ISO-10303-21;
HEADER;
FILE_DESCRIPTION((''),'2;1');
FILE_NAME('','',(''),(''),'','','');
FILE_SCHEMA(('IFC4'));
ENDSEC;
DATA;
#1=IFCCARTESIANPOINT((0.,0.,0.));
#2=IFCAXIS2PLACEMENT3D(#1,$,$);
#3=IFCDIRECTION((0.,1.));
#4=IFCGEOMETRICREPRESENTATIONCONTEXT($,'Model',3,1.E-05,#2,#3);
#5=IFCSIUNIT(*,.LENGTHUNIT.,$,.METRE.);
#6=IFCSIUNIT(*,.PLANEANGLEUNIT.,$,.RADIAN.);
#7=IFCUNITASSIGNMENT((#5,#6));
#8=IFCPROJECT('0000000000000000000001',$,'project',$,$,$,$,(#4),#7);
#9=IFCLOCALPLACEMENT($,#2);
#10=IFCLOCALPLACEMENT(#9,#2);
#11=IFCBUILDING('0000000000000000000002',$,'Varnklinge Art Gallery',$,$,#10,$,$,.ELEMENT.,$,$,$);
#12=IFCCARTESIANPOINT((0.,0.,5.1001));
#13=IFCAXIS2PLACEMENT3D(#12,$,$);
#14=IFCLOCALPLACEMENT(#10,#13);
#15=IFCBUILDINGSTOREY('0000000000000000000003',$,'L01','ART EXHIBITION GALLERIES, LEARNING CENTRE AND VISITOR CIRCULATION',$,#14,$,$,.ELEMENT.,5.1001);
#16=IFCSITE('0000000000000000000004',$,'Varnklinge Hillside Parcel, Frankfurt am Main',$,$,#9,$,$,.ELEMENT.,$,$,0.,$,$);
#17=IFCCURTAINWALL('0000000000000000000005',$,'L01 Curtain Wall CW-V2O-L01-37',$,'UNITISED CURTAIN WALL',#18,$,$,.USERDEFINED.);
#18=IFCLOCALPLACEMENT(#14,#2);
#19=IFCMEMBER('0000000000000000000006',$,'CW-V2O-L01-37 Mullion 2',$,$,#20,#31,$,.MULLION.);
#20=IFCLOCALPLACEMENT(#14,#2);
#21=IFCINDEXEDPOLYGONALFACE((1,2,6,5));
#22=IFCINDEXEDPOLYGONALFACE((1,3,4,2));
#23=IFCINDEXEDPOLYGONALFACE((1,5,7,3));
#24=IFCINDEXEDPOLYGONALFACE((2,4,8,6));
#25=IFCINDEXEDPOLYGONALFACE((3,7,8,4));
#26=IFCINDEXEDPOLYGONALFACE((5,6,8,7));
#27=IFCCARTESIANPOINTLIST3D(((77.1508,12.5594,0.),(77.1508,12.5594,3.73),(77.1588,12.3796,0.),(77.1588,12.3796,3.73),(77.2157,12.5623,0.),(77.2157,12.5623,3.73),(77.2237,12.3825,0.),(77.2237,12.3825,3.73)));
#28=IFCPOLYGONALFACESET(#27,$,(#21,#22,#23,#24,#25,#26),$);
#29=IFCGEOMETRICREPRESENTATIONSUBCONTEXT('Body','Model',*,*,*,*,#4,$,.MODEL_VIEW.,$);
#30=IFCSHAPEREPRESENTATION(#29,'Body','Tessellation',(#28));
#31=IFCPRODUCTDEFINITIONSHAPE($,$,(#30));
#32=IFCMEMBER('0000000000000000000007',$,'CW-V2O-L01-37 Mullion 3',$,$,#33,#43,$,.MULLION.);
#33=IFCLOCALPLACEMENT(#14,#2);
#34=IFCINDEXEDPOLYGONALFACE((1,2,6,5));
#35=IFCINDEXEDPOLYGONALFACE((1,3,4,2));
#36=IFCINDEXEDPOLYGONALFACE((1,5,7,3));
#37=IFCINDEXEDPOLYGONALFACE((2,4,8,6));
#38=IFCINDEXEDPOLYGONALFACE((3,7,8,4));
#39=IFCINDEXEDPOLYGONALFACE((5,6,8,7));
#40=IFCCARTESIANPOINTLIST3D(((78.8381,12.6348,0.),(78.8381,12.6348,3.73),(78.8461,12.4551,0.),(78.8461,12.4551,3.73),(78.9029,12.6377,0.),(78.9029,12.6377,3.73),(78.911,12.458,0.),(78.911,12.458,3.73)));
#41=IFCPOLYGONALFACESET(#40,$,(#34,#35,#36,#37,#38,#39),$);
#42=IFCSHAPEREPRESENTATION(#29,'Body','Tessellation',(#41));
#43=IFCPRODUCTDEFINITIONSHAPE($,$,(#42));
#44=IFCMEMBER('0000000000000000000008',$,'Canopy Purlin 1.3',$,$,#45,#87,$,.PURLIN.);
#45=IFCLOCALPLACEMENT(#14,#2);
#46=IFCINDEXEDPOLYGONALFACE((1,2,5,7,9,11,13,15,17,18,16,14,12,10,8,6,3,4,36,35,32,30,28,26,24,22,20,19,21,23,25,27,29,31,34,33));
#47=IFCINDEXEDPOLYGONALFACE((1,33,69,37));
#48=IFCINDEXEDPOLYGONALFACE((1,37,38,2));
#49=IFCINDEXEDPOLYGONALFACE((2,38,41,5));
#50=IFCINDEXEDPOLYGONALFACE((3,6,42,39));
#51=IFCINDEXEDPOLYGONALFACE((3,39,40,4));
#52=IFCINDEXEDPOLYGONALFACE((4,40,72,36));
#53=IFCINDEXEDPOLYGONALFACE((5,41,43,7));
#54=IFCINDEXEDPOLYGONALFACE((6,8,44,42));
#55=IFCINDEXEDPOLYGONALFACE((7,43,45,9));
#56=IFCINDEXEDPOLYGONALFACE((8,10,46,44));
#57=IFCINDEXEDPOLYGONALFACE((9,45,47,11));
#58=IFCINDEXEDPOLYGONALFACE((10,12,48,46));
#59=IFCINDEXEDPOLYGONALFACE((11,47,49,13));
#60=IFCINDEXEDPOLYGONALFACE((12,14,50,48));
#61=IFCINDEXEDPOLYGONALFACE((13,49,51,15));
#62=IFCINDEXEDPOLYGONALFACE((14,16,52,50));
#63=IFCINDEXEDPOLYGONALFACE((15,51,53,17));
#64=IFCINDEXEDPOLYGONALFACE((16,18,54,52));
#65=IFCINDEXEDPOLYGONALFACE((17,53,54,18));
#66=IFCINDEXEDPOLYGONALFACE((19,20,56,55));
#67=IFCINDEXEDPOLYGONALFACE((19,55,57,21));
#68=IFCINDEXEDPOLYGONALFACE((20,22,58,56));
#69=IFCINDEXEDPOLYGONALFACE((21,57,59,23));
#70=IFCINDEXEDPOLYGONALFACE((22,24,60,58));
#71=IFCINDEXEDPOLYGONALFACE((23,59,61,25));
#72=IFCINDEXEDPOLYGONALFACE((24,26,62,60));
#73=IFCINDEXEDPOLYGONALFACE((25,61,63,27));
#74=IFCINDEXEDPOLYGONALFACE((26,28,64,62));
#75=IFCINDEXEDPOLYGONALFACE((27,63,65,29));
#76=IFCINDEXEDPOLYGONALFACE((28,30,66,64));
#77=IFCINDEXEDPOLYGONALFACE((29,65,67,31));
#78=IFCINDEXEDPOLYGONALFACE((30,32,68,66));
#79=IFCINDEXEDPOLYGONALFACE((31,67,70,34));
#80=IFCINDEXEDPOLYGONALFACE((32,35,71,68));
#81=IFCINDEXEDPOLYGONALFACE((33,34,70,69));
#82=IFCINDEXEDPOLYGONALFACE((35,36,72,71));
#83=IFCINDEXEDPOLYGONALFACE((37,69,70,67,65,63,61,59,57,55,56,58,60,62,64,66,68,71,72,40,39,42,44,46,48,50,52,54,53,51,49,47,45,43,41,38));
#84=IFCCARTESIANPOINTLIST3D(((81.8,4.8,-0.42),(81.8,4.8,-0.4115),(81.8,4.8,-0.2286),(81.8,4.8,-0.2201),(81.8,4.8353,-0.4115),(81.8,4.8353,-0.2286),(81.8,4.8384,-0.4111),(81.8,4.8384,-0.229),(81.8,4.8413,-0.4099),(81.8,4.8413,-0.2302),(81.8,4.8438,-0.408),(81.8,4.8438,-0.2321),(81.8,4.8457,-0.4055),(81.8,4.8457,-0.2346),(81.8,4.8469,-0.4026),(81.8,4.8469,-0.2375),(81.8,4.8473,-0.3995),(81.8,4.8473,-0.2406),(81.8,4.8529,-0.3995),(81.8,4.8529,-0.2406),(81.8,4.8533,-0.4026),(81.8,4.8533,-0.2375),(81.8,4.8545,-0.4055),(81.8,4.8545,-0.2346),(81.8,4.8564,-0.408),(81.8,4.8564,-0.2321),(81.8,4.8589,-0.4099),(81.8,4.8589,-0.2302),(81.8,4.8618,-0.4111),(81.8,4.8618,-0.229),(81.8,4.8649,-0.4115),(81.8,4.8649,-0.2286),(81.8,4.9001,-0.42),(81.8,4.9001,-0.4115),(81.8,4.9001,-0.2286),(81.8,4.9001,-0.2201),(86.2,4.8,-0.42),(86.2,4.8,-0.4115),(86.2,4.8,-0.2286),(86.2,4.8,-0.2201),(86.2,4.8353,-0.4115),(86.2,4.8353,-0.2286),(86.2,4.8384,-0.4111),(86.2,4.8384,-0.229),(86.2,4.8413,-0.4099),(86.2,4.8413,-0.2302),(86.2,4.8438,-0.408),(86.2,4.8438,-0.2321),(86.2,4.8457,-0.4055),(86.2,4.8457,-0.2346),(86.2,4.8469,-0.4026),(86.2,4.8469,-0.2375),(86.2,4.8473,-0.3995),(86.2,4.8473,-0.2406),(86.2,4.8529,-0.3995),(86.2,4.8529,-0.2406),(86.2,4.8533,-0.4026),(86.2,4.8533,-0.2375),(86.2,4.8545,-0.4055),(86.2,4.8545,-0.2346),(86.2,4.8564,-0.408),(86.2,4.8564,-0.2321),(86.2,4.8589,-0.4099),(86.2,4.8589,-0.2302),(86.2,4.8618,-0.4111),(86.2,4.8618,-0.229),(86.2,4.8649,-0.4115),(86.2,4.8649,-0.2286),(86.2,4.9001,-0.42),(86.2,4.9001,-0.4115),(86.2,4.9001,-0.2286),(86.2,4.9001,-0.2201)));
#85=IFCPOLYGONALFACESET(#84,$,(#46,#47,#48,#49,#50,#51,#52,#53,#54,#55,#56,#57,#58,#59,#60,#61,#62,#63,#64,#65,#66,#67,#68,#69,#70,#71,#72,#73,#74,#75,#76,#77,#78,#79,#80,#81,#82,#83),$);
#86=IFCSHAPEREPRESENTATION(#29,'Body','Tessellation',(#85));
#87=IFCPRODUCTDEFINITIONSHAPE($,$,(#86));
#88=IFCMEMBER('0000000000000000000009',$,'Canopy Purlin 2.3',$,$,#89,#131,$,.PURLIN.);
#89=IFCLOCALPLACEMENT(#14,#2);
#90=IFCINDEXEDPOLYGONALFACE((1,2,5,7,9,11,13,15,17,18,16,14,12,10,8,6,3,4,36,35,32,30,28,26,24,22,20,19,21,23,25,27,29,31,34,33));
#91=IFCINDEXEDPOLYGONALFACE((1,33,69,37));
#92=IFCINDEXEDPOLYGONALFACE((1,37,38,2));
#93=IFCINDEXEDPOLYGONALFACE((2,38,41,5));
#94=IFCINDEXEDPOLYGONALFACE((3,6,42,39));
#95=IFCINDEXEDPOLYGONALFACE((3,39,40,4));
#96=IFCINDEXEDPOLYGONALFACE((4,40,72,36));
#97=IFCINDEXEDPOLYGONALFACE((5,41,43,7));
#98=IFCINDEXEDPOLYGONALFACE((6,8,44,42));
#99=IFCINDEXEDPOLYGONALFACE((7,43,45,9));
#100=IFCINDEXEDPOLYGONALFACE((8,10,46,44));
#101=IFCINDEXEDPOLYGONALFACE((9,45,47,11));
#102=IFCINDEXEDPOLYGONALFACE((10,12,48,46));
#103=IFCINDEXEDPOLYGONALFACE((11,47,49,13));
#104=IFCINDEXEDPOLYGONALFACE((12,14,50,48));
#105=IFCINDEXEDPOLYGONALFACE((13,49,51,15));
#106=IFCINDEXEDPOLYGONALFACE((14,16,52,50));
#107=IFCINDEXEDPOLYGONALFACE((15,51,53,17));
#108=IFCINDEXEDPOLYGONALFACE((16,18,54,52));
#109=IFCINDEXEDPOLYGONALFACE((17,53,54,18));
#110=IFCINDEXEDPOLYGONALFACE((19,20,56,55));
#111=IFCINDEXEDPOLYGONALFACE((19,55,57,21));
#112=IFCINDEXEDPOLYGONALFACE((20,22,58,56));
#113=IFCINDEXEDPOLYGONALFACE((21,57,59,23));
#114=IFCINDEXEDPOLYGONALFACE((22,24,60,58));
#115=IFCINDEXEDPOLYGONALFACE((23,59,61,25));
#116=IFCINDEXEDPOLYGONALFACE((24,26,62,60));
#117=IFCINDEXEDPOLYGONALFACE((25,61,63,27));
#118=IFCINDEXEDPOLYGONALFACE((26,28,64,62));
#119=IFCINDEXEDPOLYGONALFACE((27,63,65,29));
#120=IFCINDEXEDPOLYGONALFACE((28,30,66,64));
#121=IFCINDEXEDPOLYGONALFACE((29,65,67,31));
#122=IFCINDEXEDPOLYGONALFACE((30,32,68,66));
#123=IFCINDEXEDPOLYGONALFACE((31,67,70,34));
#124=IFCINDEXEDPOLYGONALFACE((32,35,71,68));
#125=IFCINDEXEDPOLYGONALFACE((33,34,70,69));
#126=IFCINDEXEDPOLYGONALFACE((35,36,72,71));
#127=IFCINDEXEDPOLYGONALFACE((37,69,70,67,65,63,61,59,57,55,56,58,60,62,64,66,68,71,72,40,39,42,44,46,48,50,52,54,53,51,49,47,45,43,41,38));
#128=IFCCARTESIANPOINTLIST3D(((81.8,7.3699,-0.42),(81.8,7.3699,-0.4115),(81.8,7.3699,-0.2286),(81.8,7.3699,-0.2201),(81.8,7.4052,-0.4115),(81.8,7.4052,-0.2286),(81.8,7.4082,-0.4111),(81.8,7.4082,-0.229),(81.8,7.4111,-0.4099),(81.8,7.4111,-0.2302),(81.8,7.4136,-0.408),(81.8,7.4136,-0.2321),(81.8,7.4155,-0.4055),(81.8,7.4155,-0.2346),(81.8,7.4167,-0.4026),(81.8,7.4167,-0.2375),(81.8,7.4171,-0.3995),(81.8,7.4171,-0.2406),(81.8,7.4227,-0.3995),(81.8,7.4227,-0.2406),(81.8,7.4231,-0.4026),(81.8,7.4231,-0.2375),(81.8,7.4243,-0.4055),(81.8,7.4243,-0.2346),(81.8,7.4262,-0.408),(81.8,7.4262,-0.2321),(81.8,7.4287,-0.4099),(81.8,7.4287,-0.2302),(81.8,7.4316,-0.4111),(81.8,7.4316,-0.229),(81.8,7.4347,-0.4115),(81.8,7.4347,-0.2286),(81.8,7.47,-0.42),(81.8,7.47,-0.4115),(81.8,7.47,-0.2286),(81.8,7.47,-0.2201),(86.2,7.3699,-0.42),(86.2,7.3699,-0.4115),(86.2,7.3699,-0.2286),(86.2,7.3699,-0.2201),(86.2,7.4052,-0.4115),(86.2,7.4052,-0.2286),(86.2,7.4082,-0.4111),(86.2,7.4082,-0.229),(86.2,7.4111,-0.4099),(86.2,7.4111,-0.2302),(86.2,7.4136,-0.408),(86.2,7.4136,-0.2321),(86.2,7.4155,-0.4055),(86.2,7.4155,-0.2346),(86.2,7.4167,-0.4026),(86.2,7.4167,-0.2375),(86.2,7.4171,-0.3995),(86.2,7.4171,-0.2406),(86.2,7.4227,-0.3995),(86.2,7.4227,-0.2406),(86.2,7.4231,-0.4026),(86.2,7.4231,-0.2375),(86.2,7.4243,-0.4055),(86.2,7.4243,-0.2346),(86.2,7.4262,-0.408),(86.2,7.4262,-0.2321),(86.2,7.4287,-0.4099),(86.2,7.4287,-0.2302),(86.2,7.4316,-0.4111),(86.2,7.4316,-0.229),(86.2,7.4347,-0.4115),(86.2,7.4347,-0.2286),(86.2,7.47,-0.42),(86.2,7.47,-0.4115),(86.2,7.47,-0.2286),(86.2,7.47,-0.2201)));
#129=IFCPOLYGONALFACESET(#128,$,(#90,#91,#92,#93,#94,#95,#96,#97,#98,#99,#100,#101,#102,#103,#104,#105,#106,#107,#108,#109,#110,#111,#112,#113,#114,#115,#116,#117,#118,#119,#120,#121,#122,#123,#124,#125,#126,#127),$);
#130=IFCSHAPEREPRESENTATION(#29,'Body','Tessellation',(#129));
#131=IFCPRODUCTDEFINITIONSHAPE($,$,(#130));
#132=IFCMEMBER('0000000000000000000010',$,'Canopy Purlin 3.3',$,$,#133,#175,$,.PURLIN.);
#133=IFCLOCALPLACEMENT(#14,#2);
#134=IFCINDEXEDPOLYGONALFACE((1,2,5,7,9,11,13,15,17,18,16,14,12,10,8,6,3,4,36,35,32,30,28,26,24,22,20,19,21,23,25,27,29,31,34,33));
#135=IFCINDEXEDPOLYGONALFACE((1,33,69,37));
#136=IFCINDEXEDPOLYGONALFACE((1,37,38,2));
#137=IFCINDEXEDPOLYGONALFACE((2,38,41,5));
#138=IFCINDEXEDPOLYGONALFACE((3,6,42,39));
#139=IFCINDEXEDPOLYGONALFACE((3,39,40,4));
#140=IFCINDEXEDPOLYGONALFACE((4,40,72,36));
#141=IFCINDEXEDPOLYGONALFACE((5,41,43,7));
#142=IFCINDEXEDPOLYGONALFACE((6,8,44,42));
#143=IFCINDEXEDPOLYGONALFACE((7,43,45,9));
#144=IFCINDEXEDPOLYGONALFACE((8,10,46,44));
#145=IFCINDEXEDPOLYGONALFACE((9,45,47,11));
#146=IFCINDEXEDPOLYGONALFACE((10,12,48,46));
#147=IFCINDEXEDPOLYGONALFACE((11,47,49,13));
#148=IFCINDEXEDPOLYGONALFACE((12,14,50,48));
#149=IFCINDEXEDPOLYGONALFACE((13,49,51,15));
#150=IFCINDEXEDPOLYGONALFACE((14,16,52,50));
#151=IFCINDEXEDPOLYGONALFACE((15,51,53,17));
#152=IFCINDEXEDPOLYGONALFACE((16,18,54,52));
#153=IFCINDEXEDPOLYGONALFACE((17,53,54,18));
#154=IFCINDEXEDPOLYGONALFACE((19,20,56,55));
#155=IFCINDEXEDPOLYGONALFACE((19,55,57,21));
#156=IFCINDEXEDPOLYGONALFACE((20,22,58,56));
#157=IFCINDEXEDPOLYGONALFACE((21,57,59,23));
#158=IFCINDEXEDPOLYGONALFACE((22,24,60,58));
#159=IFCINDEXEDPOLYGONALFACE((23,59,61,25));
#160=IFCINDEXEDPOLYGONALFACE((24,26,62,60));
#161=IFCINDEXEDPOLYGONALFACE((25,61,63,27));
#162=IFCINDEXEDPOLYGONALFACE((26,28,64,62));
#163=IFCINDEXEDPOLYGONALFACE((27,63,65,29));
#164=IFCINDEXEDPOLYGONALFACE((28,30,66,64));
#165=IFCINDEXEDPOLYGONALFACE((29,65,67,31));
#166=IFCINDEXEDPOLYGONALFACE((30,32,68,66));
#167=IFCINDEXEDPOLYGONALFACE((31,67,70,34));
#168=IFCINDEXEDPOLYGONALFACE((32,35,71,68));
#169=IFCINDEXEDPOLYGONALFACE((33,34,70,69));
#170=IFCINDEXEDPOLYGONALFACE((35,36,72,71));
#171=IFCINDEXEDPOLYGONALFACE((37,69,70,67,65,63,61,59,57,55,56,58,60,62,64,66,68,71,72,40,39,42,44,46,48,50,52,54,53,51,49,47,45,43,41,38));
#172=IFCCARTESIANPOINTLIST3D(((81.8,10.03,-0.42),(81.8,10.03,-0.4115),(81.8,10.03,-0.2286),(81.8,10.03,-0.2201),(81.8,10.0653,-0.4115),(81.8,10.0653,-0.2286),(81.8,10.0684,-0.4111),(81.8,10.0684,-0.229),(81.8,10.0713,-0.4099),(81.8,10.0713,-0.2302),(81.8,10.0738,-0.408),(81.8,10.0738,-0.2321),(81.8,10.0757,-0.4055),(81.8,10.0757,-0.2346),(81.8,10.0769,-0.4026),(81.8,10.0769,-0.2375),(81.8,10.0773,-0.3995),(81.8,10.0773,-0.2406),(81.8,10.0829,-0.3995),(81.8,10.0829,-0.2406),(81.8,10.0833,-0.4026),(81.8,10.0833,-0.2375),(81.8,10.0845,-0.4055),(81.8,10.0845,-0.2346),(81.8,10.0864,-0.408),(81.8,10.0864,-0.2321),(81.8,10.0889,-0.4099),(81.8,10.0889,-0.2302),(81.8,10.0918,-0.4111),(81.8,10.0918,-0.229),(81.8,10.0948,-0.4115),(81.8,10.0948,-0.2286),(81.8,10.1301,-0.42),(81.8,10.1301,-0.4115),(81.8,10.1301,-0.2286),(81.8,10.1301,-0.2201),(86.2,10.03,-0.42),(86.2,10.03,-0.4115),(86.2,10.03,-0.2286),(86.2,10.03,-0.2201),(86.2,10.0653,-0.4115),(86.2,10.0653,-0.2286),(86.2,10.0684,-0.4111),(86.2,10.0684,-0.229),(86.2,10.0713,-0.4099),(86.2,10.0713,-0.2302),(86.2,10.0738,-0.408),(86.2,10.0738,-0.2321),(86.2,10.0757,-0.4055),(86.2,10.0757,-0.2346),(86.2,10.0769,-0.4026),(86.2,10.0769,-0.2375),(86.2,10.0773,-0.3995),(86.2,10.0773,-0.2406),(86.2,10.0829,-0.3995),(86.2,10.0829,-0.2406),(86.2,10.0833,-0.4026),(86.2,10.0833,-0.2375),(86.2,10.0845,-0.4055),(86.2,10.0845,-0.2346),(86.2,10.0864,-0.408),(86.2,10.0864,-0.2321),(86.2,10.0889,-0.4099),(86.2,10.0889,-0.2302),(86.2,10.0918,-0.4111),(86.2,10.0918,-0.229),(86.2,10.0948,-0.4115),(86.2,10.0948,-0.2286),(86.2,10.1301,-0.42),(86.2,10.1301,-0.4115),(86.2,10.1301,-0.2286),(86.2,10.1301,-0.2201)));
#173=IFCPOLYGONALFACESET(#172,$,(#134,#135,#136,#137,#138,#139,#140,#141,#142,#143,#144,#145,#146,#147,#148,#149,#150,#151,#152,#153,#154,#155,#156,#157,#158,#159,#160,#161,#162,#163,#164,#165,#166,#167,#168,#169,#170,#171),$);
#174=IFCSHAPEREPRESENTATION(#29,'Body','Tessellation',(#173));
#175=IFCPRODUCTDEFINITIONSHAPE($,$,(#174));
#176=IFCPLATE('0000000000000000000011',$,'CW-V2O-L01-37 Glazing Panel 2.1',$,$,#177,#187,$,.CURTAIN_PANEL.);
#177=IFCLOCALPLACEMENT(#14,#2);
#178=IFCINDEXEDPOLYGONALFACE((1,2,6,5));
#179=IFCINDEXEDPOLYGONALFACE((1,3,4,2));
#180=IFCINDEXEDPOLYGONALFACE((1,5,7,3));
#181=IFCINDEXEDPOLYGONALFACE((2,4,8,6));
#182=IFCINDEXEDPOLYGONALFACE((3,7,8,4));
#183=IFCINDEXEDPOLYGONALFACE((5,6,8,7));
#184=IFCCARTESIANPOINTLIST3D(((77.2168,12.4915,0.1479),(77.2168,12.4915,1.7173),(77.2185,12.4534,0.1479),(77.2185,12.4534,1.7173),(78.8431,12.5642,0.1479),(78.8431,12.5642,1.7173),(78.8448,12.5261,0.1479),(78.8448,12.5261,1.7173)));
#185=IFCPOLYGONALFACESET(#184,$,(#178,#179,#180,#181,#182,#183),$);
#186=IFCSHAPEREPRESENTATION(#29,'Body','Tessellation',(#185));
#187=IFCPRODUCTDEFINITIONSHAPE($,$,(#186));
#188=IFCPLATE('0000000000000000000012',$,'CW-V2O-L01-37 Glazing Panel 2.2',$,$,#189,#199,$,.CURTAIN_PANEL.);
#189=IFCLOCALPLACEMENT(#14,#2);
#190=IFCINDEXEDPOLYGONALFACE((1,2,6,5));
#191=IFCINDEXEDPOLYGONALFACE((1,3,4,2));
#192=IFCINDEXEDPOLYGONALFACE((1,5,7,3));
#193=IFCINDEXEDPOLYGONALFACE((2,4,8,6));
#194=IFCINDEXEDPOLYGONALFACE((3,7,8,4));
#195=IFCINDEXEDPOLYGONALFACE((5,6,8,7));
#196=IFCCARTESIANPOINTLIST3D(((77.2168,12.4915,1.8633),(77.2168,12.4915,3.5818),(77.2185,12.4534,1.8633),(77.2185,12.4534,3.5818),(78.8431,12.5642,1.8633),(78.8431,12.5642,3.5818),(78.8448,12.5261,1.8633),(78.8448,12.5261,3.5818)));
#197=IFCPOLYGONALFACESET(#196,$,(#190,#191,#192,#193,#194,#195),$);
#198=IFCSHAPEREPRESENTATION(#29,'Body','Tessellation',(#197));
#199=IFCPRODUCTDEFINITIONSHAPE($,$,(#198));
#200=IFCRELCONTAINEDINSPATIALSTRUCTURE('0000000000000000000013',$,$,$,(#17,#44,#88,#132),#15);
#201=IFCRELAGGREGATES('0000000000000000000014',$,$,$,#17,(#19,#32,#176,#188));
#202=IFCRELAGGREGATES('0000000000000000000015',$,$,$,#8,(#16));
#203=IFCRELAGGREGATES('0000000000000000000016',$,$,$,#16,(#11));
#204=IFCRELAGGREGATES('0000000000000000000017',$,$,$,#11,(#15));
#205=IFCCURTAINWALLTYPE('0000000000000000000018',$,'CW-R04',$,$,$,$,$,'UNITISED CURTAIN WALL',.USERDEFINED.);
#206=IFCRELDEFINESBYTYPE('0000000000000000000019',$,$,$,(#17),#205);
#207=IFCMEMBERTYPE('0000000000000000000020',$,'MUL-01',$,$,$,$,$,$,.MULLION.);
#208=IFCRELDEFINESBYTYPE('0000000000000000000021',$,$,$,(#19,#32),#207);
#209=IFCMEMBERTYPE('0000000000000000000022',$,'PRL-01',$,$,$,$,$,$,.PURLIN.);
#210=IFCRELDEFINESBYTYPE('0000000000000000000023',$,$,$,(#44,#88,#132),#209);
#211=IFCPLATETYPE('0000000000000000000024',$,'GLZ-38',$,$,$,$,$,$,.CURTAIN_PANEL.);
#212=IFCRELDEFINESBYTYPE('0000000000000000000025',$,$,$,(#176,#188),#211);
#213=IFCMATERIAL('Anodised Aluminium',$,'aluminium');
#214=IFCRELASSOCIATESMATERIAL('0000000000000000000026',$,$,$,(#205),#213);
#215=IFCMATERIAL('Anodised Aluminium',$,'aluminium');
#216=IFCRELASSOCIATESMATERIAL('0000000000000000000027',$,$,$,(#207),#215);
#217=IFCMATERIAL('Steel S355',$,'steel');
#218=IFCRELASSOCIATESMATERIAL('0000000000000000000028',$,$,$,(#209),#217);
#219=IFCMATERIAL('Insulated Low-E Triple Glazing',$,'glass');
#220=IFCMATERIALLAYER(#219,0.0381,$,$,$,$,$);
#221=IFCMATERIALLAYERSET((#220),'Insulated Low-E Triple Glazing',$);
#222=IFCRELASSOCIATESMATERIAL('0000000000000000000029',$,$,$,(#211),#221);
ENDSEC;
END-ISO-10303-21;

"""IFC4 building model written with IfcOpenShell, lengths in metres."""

from ifc_helpers import new_model, si_unit, direction, frame, origin, origin_2d, place, context, subcontext, project, spatial, rectangle, i_section, extrude, material, layer, layer_set, material_profile, profile_set, type_object, element, aggregate, save


model = new_model("IFC4")

# Units and contexts
model_context = context("Model", 3, precision=1e-05, world=origin(), true_north=direction((0.0, 1.0)))
body_context = subcontext(model_context, "Body", "Model", "MODEL_VIEW")
ifc_project = project(units=[si_unit("LENGTHUNIT", "METRE"), si_unit("PLANEANGLEUNIT", "RADIAN")], contexts=[model_context])

# Site, building, storey
site_placement = place(None, origin())
site = spatial("IfcSite", under=ifc_project, at=site_placement, Name="Varnklinge Hillside Parcel, Frankfurt am Main", CompositionType="ELEMENT", RefElevation=0.0)
building_placement = place(site_placement, origin())
building = spatial("IfcBuilding", under=site, at=building_placement, Name="Varnklinge Art Gallery", CompositionType="ELEMENT")
storey_placement = place(building_placement, frame((0.0, 0.0, 5.1001)))
storey = spatial("IfcBuildingStorey", under=building, at=storey_placement, Name="L01", Description="ART EXHIBITION GALLERIES, LEARNING CENTRE AND VISITOR CIRCULATION", CompositionType="ELEMENT", Elevation=5.1001)

# Curtain wall, members
ifc_material_1 = material(Name="Anodised Aluminium", Category="aluminium")
curtain_wall_type = type_object("IfcCurtainWallType", Name="CW-R04", ElementType="UNITISED CURTAIN WALL", PredefinedType="USERDEFINED", material=ifc_material_1)
curtain_wall_placement = place(storey_placement, origin())
curtain_wall = element("IfcCurtainWall", 1, at=curtain_wall_placement, inside=storey, type_object=curtain_wall_type, Name="L01 Curtain Wall CW-V2O-L01-37", ObjectType="UNITISED CURTAIN WALL", PredefinedType="USERDEFINED")
ifc_material_2 = material(Name="Anodised Aluminium", Category="aluminium")
ifc_material_profile_1 = material_profile(ifc_material_2, rectangle(XDim=0.0649, YDim=0.1799, at=origin_2d()), Name="ALU 65x180")
ifc_profile_set_1 = profile_set([ifc_material_profile_1], Name="Anodised Aluminium")
member_type_1 = type_object("IfcMemberType", Name="MUL-01", PredefinedType="MULLION", material=ifc_profile_set_1)
member_1_placement = place(storey_placement, frame((77.1873, 12.4709, 0.0), z_axis=(0.0, 0.0, 1.0), x_axis=(0.999002, 0.044666, 0.0)))
member_1 = element("IfcMember", 2, at=member_1_placement, type_object=member_type_1, Name="CW-V2O-L01-37 Mullion 2", PredefinedType="MULLION", context=body_context, shape_type="SweptSolid", body=[
    extrude(rectangle(XDim=0.0649, YDim=0.1799, at=origin_2d()), origin(), (0.0, 0.0, 1.0), 3.73),
])
member_2_placement = place(storey_placement, frame((78.8745, 12.5464, 0.0), z_axis=(0.0, 0.0, 1.0), x_axis=(0.999002, 0.044666, 0.0)))
member_2 = element("IfcMember", 3, at=member_2_placement, type_object=member_type_1, Name="CW-V2O-L01-37 Mullion 3", PredefinedType="MULLION", context=body_context, shape_type="SweptSolid", body=[
    extrude(rectangle(XDim=0.0649, YDim=0.1799, at=origin_2d()), origin(), (0.0, 0.0, 1.0), 3.73),
])

# Members
ifc_material_3 = material(Name="Steel S355", Category="steel")
ifc_material_profile_2 = material_profile(ifc_material_3, i_section(OverallWidth=0.1001, OverallDepth=0.2, WebThickness=0.0056, FlangeThickness=0.0085, FilletRadius=0.012, at=origin_2d()), Name="IPE 200")
ifc_profile_set_2 = profile_set([ifc_material_profile_2], Name="Steel S355")
member_type_2 = type_object("IfcMemberType", Name="PRL-01", PredefinedType="PURLIN", material=ifc_profile_set_2)
for number, where, z_axis, x_axis, name in (
    (4, (81.8, 4.8501, -0.3201), (1.0, 0.0, 0.0), (0.0, 1.0, 0.0), "Canopy Purlin 1.3"),
    (5, (81.8, 7.4199, -0.3201), (1.0, 0.0, 0.0), (0.0, 1.0, 0.0), "Canopy Purlin 2.3"),
    (6, (81.8, 10.0801, -0.3201), (1.0, 0.0, 0.0), (0.0, 1.0, 0.0), "Canopy Purlin 3.3"),
):
    element("IfcMember", number, at=place(storey_placement, frame(where, z_axis=z_axis, x_axis=x_axis)), inside=storey, type_object=member_type_2, Name=name, PredefinedType="PURLIN", context=body_context, shape_type="SweptSolid", body=[
        extrude(i_section(OverallWidth=0.1001, OverallDepth=0.2, WebThickness=0.0056, FlangeThickness=0.0085, FilletRadius=0.012, at=origin_2d()), origin(), (0.0, 0.0, 1.0), 4.3999),
    ])

# Plates
ifc_material_4 = material(Name="Insulated Low-E Triple Glazing", Category="glass")
ifc_layer_1 = layer(ifc_material_4, 0.0381)
ifc_layer_set_1 = layer_set([ifc_layer_1], Name="Insulated Low-E Triple Glazing")
plate_type_1 = type_object("IfcPlateType", Name="GLZ-38", PredefinedType="CURTAIN_PANEL", material=ifc_layer_set_1)
plate_1_placement = place(storey_placement, frame((78.0308, 12.5088, 0.1479), z_axis=(0.0, 0.0, 1.0), x_axis=(0.999002, 0.044666, 0.0)))
plate_1 = element("IfcPlate", 7, at=plate_1_placement, type_object=plate_type_1, Name="CW-V2O-L01-37 Glazing Panel 2.1", PredefinedType="CURTAIN_PANEL", context=body_context, shape_type="SweptSolid", body=[
    extrude(rectangle(XDim=1.6279, YDim=0.0381, at=origin_2d()), origin(), (0.0, 0.0, 1.0), 1.5693),
])
plate_2_placement = place(storey_placement, frame((78.0308, 12.5088, 1.8633), z_axis=(0.0, 0.0, 1.0), x_axis=(0.999002, 0.044666, 0.0)))
plate_2 = element("IfcPlate", 8, at=plate_2_placement, type_object=plate_type_1, Name="CW-V2O-L01-37 Glazing Panel 2.2", PredefinedType="CURTAIN_PANEL", context=body_context, shape_type="SweptSolid", body=[
    extrude(rectangle(XDim=1.6279, YDim=0.0381, at=origin_2d()), origin(), (0.0, 0.0, 1.0), 1.7185),
])
aggregate(curtain_wall, [member_1, member_2, plate_1, plate_2])

save(model, "model.ifc")
